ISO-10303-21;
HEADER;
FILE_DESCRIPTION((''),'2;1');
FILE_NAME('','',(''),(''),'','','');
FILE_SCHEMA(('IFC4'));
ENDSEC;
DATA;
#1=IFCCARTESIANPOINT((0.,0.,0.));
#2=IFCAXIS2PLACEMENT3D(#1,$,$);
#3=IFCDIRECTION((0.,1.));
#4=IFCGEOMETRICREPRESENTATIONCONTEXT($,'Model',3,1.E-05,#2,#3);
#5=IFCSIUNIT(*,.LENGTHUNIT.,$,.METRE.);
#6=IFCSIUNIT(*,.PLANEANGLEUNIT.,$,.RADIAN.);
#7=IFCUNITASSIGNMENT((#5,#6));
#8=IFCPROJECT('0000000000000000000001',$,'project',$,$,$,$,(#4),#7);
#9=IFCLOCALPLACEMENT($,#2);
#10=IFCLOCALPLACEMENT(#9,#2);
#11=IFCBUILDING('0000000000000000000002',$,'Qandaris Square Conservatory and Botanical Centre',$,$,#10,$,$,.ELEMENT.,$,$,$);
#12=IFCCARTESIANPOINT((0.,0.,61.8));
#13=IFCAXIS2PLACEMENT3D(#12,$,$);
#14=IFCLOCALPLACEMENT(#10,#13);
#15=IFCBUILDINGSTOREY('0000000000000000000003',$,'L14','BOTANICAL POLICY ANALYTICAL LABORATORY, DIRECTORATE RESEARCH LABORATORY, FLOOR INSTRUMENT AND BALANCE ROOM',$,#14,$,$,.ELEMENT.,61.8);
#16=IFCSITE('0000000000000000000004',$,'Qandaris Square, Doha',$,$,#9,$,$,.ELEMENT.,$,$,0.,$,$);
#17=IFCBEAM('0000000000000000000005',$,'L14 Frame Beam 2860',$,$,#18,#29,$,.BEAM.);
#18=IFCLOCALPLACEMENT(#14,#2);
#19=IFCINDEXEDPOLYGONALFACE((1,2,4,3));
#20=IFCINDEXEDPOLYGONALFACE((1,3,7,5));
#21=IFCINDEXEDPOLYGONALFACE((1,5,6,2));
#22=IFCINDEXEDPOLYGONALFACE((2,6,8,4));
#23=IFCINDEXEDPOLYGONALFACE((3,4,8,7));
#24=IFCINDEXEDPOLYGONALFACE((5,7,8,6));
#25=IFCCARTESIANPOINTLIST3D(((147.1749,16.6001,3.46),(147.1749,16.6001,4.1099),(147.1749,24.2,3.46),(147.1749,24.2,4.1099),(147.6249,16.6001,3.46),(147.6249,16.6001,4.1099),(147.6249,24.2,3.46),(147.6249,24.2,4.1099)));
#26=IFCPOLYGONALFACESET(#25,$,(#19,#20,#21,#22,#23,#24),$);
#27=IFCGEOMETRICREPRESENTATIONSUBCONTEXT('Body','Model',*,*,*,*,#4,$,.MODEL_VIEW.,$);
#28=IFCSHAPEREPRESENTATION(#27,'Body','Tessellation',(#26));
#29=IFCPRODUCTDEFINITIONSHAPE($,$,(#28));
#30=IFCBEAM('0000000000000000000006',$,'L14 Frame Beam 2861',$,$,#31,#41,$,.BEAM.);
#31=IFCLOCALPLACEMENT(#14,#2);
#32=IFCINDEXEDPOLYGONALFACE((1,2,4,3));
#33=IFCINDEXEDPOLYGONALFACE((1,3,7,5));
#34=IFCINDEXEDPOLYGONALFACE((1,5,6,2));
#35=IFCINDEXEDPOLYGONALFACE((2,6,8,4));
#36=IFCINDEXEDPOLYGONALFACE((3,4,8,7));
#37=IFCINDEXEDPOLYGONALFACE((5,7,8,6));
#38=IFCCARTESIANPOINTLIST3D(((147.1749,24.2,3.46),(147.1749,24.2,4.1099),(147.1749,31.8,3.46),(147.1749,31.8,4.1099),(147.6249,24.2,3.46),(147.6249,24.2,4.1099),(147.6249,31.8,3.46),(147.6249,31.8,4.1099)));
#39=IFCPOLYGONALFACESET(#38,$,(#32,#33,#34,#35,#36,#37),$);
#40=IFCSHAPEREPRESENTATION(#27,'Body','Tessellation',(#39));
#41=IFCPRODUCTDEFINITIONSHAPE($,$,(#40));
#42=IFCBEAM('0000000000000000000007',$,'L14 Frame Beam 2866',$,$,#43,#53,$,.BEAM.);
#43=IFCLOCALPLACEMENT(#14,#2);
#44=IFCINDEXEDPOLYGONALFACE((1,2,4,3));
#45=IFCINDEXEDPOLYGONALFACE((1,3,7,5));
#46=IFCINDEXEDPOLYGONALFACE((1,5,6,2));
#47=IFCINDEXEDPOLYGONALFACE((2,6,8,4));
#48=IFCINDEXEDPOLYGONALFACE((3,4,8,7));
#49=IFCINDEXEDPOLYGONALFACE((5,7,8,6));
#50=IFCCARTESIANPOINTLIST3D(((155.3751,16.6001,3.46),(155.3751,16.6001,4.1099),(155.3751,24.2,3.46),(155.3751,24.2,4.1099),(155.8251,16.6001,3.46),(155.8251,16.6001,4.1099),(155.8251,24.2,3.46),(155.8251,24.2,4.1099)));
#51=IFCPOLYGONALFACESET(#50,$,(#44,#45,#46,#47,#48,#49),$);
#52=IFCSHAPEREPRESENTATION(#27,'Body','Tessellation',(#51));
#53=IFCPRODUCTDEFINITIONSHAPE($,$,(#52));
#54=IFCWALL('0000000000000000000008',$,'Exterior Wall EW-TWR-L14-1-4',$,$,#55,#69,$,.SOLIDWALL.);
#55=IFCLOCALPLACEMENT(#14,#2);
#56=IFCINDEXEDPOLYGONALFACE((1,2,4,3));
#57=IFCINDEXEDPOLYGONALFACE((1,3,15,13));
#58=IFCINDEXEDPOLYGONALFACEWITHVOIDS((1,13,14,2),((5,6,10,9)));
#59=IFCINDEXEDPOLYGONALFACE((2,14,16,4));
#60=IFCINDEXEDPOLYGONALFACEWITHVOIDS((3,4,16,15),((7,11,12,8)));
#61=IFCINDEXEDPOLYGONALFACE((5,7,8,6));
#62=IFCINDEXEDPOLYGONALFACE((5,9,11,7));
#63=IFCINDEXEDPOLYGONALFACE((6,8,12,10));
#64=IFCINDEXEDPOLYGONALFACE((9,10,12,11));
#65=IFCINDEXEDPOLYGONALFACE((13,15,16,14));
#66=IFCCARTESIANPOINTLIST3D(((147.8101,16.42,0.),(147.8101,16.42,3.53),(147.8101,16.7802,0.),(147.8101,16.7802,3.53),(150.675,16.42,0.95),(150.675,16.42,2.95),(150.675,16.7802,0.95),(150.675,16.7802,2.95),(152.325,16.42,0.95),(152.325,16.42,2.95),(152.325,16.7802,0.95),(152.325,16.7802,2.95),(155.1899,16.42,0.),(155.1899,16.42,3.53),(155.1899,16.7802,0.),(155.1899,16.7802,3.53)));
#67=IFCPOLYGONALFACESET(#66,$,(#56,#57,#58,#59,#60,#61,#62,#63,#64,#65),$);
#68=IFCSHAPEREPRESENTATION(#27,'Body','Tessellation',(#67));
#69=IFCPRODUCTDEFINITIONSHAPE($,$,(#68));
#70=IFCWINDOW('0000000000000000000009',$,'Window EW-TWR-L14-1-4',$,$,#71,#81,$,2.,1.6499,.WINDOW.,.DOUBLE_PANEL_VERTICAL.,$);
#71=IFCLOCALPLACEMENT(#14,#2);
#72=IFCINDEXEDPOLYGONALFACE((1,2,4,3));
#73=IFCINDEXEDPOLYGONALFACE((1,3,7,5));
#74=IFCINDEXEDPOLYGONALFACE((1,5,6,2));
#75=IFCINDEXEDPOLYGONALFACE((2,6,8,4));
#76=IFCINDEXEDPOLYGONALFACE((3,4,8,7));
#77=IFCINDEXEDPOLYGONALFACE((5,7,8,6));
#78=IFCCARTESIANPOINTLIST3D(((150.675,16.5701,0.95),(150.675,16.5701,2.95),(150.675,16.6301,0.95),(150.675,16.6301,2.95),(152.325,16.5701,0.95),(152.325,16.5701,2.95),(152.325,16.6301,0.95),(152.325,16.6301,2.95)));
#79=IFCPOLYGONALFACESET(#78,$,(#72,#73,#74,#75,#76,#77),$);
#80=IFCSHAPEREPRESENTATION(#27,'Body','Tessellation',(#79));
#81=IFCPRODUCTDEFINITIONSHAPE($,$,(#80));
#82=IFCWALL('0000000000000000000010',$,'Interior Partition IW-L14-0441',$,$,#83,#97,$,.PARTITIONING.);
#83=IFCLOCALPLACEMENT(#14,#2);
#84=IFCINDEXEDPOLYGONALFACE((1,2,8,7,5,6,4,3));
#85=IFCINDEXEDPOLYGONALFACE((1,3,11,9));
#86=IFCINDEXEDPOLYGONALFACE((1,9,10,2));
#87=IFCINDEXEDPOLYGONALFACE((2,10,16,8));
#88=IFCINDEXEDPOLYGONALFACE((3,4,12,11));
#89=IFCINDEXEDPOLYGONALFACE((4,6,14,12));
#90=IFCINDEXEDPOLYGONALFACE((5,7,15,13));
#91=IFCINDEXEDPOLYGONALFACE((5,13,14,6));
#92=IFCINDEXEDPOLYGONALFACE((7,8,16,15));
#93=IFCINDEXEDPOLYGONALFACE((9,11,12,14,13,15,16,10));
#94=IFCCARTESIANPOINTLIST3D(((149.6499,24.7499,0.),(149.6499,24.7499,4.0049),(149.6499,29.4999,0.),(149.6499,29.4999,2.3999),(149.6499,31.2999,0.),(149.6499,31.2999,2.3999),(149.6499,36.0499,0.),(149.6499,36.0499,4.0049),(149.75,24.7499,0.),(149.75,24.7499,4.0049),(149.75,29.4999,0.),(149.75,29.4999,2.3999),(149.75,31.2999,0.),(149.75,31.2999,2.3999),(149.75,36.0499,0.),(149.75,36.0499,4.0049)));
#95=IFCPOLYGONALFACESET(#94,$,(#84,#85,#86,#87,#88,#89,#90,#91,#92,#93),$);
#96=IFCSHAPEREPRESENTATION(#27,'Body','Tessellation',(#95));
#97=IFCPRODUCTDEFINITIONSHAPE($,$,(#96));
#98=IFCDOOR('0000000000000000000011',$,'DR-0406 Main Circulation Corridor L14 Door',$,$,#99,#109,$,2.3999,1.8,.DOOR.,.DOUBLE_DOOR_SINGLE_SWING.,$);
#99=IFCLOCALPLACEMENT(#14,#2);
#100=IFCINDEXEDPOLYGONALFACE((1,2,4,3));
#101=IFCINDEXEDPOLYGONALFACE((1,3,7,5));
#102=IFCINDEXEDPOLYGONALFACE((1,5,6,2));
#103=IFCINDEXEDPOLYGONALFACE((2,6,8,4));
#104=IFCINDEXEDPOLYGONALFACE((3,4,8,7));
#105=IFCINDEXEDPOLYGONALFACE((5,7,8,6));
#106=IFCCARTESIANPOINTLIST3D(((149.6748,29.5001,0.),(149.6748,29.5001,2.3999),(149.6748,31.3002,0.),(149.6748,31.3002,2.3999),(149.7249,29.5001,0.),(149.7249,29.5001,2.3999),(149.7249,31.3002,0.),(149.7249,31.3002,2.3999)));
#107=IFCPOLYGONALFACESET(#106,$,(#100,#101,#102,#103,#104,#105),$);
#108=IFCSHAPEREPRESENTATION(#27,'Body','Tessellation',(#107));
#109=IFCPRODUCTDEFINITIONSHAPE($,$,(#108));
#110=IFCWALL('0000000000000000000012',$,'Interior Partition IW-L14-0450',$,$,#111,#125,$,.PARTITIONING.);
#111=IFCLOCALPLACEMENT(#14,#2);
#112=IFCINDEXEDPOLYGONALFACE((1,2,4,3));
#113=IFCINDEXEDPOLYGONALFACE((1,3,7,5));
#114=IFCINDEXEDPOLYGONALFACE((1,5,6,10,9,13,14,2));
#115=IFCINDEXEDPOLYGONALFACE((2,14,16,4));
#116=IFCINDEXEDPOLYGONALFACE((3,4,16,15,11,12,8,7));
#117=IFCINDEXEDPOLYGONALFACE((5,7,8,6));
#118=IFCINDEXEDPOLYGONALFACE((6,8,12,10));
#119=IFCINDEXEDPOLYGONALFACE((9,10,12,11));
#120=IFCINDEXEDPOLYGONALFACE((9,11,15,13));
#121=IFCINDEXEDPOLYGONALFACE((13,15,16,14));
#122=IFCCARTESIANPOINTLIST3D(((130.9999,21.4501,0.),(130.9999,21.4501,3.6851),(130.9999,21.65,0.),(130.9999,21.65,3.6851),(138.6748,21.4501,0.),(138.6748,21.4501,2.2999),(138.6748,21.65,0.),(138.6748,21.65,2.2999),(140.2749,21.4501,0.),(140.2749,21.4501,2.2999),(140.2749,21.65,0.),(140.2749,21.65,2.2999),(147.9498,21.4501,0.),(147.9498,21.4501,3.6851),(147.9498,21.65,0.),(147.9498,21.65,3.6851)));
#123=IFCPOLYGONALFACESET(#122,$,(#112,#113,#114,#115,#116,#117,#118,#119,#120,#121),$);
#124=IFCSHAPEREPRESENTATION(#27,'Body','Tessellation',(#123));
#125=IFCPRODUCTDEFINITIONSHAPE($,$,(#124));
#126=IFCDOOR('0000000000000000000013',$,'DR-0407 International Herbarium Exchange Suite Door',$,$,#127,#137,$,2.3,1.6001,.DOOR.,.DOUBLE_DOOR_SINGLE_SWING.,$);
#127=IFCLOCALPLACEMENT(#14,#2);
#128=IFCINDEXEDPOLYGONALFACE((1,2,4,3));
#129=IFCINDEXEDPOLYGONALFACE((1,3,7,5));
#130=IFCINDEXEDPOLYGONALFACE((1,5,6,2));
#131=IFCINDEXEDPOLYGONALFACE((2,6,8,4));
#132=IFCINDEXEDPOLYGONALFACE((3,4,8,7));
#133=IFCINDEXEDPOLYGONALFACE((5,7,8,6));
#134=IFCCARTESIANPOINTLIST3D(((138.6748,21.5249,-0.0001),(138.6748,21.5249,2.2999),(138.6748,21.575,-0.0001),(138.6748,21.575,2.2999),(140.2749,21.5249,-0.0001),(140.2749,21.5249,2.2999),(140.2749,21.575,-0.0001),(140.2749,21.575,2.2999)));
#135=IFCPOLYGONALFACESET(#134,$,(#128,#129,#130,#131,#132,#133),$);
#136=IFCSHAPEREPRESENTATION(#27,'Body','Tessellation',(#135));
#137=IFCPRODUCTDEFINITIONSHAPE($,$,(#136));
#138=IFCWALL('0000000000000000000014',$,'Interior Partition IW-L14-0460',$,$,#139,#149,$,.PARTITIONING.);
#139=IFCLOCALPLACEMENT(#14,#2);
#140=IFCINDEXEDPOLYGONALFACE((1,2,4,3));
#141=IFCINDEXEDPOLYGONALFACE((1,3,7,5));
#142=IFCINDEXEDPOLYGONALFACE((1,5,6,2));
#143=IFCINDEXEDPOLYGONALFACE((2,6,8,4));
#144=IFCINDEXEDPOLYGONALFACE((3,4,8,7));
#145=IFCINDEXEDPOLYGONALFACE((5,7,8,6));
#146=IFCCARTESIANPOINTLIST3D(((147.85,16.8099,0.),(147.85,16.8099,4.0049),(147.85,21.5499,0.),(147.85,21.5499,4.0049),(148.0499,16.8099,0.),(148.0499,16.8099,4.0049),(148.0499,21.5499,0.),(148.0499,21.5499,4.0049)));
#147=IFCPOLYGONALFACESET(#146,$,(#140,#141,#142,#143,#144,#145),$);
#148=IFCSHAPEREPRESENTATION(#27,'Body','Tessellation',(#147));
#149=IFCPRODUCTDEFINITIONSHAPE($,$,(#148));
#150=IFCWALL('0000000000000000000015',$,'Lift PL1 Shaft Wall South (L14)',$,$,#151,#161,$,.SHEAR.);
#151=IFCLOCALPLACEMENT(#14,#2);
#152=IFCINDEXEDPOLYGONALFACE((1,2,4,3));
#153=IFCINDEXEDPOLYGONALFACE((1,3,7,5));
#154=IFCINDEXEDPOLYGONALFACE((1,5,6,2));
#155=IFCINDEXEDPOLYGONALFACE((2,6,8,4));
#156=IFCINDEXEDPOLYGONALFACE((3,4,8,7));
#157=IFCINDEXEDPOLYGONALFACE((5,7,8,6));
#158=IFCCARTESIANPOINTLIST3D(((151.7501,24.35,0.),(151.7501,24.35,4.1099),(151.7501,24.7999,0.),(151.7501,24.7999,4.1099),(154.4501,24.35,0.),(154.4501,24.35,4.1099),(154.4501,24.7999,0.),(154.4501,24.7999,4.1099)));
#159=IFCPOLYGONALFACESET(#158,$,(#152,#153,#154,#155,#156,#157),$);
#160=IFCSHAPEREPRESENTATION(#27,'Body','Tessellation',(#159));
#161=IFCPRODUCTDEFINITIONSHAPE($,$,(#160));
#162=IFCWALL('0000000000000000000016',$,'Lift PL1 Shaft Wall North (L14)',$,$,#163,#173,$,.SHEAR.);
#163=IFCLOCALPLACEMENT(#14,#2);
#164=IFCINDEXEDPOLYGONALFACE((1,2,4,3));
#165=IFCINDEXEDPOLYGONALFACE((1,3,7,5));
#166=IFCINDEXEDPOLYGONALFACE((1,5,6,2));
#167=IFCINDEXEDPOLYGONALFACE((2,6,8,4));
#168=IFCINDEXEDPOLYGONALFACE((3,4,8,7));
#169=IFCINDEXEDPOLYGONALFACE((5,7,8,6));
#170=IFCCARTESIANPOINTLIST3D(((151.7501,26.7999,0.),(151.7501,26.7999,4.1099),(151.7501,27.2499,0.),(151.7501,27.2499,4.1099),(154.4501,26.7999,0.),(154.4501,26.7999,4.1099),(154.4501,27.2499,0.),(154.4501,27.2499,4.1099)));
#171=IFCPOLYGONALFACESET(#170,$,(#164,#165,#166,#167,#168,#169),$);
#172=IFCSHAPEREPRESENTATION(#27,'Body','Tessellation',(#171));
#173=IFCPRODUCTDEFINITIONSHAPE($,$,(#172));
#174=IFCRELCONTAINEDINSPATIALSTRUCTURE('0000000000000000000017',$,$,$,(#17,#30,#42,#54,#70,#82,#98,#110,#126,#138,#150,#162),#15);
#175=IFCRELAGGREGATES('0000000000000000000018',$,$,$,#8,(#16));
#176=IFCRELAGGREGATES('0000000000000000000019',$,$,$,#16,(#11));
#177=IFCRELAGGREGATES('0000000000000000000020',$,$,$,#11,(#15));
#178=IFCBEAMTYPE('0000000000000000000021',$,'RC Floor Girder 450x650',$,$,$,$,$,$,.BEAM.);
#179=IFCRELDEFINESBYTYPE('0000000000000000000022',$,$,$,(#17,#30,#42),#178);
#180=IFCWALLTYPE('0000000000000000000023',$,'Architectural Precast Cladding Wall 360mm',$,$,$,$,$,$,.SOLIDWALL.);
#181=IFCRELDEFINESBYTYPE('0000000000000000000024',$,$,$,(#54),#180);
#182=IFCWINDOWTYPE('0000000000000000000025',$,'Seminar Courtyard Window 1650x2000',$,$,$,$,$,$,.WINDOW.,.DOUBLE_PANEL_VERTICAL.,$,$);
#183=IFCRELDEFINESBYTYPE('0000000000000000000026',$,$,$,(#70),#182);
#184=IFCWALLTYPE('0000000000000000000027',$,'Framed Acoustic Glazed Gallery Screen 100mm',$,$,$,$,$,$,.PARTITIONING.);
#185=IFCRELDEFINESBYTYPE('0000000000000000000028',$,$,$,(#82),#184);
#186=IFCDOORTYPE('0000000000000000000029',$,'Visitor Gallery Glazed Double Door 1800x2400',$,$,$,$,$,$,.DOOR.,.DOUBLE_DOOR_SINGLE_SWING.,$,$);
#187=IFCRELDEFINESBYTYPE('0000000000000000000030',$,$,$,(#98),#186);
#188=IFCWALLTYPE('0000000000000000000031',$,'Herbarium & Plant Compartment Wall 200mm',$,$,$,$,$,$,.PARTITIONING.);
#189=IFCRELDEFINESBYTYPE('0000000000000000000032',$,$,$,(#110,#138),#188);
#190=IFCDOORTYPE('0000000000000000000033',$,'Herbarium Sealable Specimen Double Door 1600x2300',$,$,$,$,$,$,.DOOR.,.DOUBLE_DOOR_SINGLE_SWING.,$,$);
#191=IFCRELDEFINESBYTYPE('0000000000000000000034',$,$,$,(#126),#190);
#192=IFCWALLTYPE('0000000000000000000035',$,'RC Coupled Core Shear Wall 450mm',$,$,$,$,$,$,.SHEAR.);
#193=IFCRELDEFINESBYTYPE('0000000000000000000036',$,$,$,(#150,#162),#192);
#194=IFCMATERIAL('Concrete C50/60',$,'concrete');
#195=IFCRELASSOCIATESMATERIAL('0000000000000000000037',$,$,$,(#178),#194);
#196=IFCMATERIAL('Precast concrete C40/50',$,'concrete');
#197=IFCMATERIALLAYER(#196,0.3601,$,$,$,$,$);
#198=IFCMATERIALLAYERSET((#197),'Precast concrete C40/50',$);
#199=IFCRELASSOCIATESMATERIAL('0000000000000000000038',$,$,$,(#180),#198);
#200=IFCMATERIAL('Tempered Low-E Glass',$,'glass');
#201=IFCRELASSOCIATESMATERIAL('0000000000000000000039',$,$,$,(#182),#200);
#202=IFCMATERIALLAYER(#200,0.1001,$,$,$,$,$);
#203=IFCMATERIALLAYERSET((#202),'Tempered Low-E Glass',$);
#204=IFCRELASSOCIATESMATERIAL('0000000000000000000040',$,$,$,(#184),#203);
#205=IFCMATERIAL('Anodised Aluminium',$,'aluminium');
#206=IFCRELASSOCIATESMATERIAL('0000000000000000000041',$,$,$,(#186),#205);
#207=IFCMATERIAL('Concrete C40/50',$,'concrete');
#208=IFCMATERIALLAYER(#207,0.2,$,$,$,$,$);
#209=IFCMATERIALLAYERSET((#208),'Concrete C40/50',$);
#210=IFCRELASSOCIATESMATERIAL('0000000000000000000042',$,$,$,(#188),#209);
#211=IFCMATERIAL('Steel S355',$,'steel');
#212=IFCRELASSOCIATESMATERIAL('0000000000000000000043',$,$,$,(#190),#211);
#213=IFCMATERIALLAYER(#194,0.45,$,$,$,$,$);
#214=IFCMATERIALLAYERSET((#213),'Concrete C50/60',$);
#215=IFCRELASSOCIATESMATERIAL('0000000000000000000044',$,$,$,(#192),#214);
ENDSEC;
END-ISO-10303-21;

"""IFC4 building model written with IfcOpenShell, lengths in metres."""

from ifc_helpers import new_model, si_unit, direction, frame, frame_2d, origin, origin_2d, place, context, subcontext, project, spatial, rectangle, extrude, material, layer, layer_set, material_profile, profile_set, type_object, element, fill, save


model = new_model("IFC4")

# Units and contexts
model_context = context("Model", 3, precision=1e-05, world=origin(), true_north=direction((0.0, 1.0)))
body_context = subcontext(model_context, "Body", "Model", "MODEL_VIEW")
ifc_project = project(units=[si_unit("LENGTHUNIT", "METRE"), si_unit("PLANEANGLEUNIT", "RADIAN")], contexts=[model_context])

# Site, building, storey
site_placement = place(None, origin())
site = spatial("IfcSite", under=ifc_project, at=site_placement, Name="Qandaris Square, Doha", CompositionType="ELEMENT", RefElevation=0.0)
building_placement = place(site_placement, origin())
building = spatial("IfcBuilding", under=site, at=building_placement, Name="Qandaris Square Conservatory and Botanical Centre", CompositionType="ELEMENT")
storey_placement = place(building_placement, frame((0.0, 0.0, 61.8)))
storey = spatial("IfcBuildingStorey", under=building, at=storey_placement, Name="L14", Description="BOTANICAL POLICY ANALYTICAL LABORATORY, DIRECTORATE RESEARCH LABORATORY, FLOOR INSTRUMENT AND BALANCE ROOM", CompositionType="ELEMENT", Elevation=61.8)

# Shared definitions
ifc_material_1 = material(Name="Concrete C50/60", Category="concrete")

# Beams
ifc_material_2 = material(Name="Steel S355", Category="steel")
ifc_material_profile_1 = material_profile(ifc_material_1, rectangle(XDim=0.45, YDim=0.6499, at=origin_2d()), Name="RC-BM 450x650")
ifc_profile_set_1 = profile_set([ifc_material_profile_1], Name="Concrete C50/60")
beam_type_1 = type_object("IfcBeamType", Name="RC Floor Girder 450x650", PredefinedType="BEAM", material=ifc_profile_set_1)
beam_1_placement = place(storey_placement, frame((147.3999, 16.6001, 3.7849), z_axis=(0.0, 1.0, 0.0), x_axis=(-1.0, 0.0, 0.0)))
element("IfcBeam", 1, at=beam_1_placement, inside=storey, type_object=beam_type_1, Name="L14 Frame Beam 2860", PredefinedType="BEAM", context=body_context, shape_type="SweptSolid", body=[
    extrude(rectangle(XDim=0.45, YDim=0.6499, at=origin_2d()), origin(), (0.0, 0.0, 1.0), 7.5999),
])
beam_2_placement = place(storey_placement, frame((147.3999, 24.2, 3.7849), z_axis=(0.0, 1.0, 0.0), x_axis=(-1.0, 0.0, 0.0)))
element("IfcBeam", 2, at=beam_2_placement, inside=storey, type_object=beam_type_1, Name="L14 Frame Beam 2861", PredefinedType="BEAM", context=body_context, shape_type="SweptSolid", body=[
    extrude(rectangle(XDim=0.45, YDim=0.6499, at=origin_2d()), origin(), (0.0, 0.0, 1.0), 7.6001),
])
beam_3_placement = place(storey_placement, frame((155.6001, 16.6001, 3.7849), z_axis=(0.0, 1.0, 0.0), x_axis=(-1.0, 0.0, 0.0)))
element("IfcBeam", 3, at=beam_3_placement, inside=storey, type_object=beam_type_1, Name="L14 Frame Beam 2866", PredefinedType="BEAM", context=body_context, shape_type="SweptSolid", body=[
    extrude(rectangle(XDim=0.45, YDim=0.6499, at=origin_2d()), origin(), (0.0, 0.0, 1.0), 7.5999),
])

# Wall, opening, window
ifc_material_3 = material(Name="Precast concrete C40/50", Category="concrete")
ifc_layer_1 = layer(ifc_material_3, 0.3601)
ifc_layer_set_1 = layer_set([ifc_layer_1], Name="Precast concrete C40/50")
wall_type_1 = type_object("IfcWallType", Name="Architectural Precast Cladding Wall 360mm", PredefinedType="SOLIDWALL", material=ifc_layer_set_1)
wall_1_placement = place(storey_placement, frame((147.8101, 16.6001, 0.0), z_axis=(0.0, 0.0, 1.0), x_axis=(1.0, 0.0, 0.0)))
wall_1 = element("IfcWall", 4, at=wall_1_placement, inside=storey, type_object=wall_type_1, Name="Exterior Wall EW-TWR-L14-1-4", PredefinedType="SOLIDWALL", context=body_context, shape_type="SweptSolid", body=[
    extrude(rectangle(XDim=7.3799, YDim=0.3601, at=frame_2d((3.6899, 0.0))), origin(), (0.0, 0.0, 1.0), 3.53),
])
opening_1_placement = place(wall_1_placement, frame((2.865, 0.0, 0.95)))
opening_1 = element("IfcOpeningElement", 5, at=opening_1_placement, cuts=wall_1, PredefinedType="OPENING", context=body_context, shape_type="SweptSolid", body=[
    extrude(rectangle(XDim=1.6499, YDim=2.0, at=frame_2d((0.825, 1.0))), frame((0.0, 0.1919, 0.0), z_axis=(0.0, -1.0, 0.0), x_axis=(1.0, 0.0, 0.0)), (0.0, 0.0, 1.0), 0.384),
])
ifc_material_4 = material(Name="Tempered Low-E Glass", Category="glass")
window_type = type_object("IfcWindowType", Name="Seminar Courtyard Window 1650x2000", PartitioningType="DOUBLE_PANEL_VERTICAL", PredefinedType="WINDOW", material=ifc_material_4)
window_placement = place(opening_1_placement, origin())
window = element("IfcWindow", 6, at=window_placement, inside=storey, type_object=window_type, Name="Window EW-TWR-L14-1-4", OverallHeight=2.0, OverallWidth=1.6499, PartitioningType="DOUBLE_PANEL_VERTICAL", PredefinedType="WINDOW", context=body_context, shape_type="SweptSolid", body=[
    extrude(rectangle(XDim=1.6499, YDim=2.0, at=frame_2d((0.825, 1.0))), frame((0.0, 0.03, 0.0), z_axis=(0.0, -1.0, 0.0), x_axis=(1.0, 0.0, 0.0)), (0.0, 0.0, 1.0), 0.0601),
])
fill(opening_1, window)

# Walls, openings, doors
ifc_layer_2 = layer(ifc_material_4, 0.1001)
ifc_layer_set_2 = layer_set([ifc_layer_2], Name="Tempered Low-E Glass")
wall_type_2 = type_object("IfcWallType", Name="Framed Acoustic Glazed Gallery Screen 100mm", PredefinedType="PARTITIONING", material=ifc_layer_set_2)
wall_2_placement = place(storey_placement, frame((149.7, 24.75, 0.0), z_axis=(0.0, 0.0, 1.0), x_axis=(0.0, 1.0, 0.0)))
wall_2 = element("IfcWall", 7, at=wall_2_placement, inside=storey, type_object=wall_type_2, Name="Interior Partition IW-L14-0441", PredefinedType="PARTITIONING", context=body_context, shape_type="SweptSolid", body=[
    extrude(rectangle(XDim=11.3, YDim=0.1001, at=frame_2d((5.6499, 0.0))), origin(), (0.0, 0.0, 1.0), 4.0049),
])
opening_2_placement = place(wall_2_placement, frame((4.75, 0.0, 0.0)))
opening_2 = element("IfcOpeningElement", 8, at=opening_2_placement, cuts=wall_2, PredefinedType="OPENING", context=body_context, shape_type="SweptSolid", body=[
    extrude(rectangle(XDim=1.8, YDim=2.3999, at=frame_2d((0.8999, 1.2))), frame((0.0, 0.062, 0.0), z_axis=(0.0, -1.0, 0.0), x_axis=(1.0, 0.0, 0.0)), (0.0, 0.0, 1.0), 0.124),
])
ifc_material_5 = material(Name="Anodised Aluminium", Category="aluminium")
door_type_1 = type_object("IfcDoorType", Name="Visitor Gallery Glazed Double Door 1800x2400", OperationType="DOUBLE_DOOR_SINGLE_SWING", PredefinedType="DOOR", material=ifc_material_5)
door_1_placement = place(opening_2_placement, frame((1.8, 0.0, 0.0), z_axis=(0.0, 0.0, 1.0), x_axis=(-1.0, 0.0, 0.0)))
door_1 = element("IfcDoor", 9, at=door_1_placement, inside=storey, type_object=door_type_1, Name="DR-0406 Main Circulation Corridor L14 Door", OperationType="DOUBLE_DOOR_SINGLE_SWING", OverallHeight=2.3999, OverallWidth=1.8, PredefinedType="DOOR", context=body_context, shape_type="SweptSolid", body=[
    extrude(rectangle(XDim=1.8, YDim=2.3999, at=frame_2d((0.8999, 1.2))), frame((0.0, 0.0249, 0.0), z_axis=(0.0, -1.0, 0.0), x_axis=(1.0, 0.0, 0.0)), (0.0, 0.0, 1.0), 0.05),
])
fill(opening_2, door_1)
ifc_material_6 = material(Name="Concrete C40/50", Category="concrete")
ifc_layer_3 = layer(ifc_material_6, 0.2)
ifc_layer_set_3 = layer_set([ifc_layer_3], Name="Concrete C40/50")
wall_type_3 = type_object("IfcWallType", Name="Herbarium & Plant Compartment Wall 200mm", PredefinedType="PARTITIONING", material=ifc_layer_set_3)
wall_3_placement = place(storey_placement, frame((147.95, 21.55, 0.0), z_axis=(0.0, 0.0, 1.0), x_axis=(-1.0, 0.0, 0.0)))
wall_3 = element("IfcWall", 10, at=wall_3_placement, inside=storey, type_object=wall_type_3, Name="Interior Partition IW-L14-0450", PredefinedType="PARTITIONING", context=body_context, shape_type="SweptSolid", body=[
    extrude(rectangle(XDim=16.95, YDim=0.2, at=frame_2d((8.4751, 0.0))), origin(), (0.0, 0.0, 1.0), 3.6851),
])
opening_3_placement = place(wall_3_placement, frame((7.675, 0.0, 0.0)))
opening_3 = element("IfcOpeningElement", 11, at=opening_3_placement, cuts=wall_3, PredefinedType="OPENING", context=body_context, shape_type="SweptSolid", body=[
    extrude(rectangle(XDim=1.6001, YDim=2.3, at=frame_2d((0.8, 1.1499))), frame((0.0, 0.1118, 0.0), z_axis=(0.0, -1.0, 0.0), x_axis=(1.0, 0.0, 0.0)), (0.0, 0.0, 1.0), 0.2239),
])
door_type_2 = type_object("IfcDoorType", Name="Herbarium Sealable Specimen Double Door 1600x2300", OperationType="DOUBLE_DOOR_SINGLE_SWING", PredefinedType="DOOR", material=ifc_material_2)
door_2_placement = place(opening_3_placement, frame((1.6001, 0.0, 0.0), z_axis=(0.0, 0.0, 1.0), x_axis=(-1.0, 0.0, 0.0)))
door_2 = element("IfcDoor", 12, at=door_2_placement, inside=storey, type_object=door_type_2, Name="DR-0407 International Herbarium Exchange Suite Door", OperationType="DOUBLE_DOOR_SINGLE_SWING", OverallHeight=2.3, OverallWidth=1.6001, PredefinedType="DOOR", context=body_context, shape_type="SweptSolid", body=[
    extrude(rectangle(XDim=1.6001, YDim=2.3, at=frame_2d((0.8, 1.1499))), frame((0.0, 0.0249, 0.0), z_axis=(0.0, -1.0, 0.0), x_axis=(1.0, 0.0, 0.0)), (0.0, 0.0, 1.0), 0.05),
])
fill(opening_3, door_2)

# Walls
wall_4_placement = place(storey_placement, frame((147.95, 21.55, 0.0), z_axis=(0.0, 0.0, 1.0), x_axis=(0.0, -1.0, 0.0)))
element("IfcWall", 13, at=wall_4_placement, inside=storey, type_object=wall_type_3, Name="Interior Partition IW-L14-0460", PredefinedType="PARTITIONING", context=body_context, shape_type="SweptSolid", body=[
    extrude(rectangle(XDim=4.74, YDim=0.2, at=frame_2d((2.3701, 0.0))), origin(), (0.0, 0.0, 1.0), 4.0049),
])
ifc_layer_4 = layer(ifc_material_1, 0.45)
ifc_layer_set_4 = layer_set([ifc_layer_4], Name="Concrete C50/60")
wall_type_4 = type_object("IfcWallType", Name="RC Coupled Core Shear Wall 450mm", PredefinedType="SHEAR", material=ifc_layer_set_4)
for number, where, z_axis, x_axis, name in (
    (14, (151.75, 24.575, 0.0), (0.0, 0.0, 1.0), (1.0, 0.0, 0.0), "Lift PL1 Shaft Wall South (L14)"),
    (15, (151.75, 27.0249, 0.0), (0.0, 0.0, 1.0), (1.0, 0.0, 0.0), "Lift PL1 Shaft Wall North (L14)"),
):
    element("IfcWall", number, at=place(storey_placement, frame(where, z_axis=z_axis, x_axis=x_axis)), inside=storey, type_object=wall_type_4, Name=name, PredefinedType="SHEAR", context=body_context, shape_type="SweptSolid", body=[
        extrude(rectangle(XDim=2.7, YDim=0.45, at=frame_2d((1.3501, 0.0))), origin(), (0.0, 0.0, 1.0), 4.1099),
    ])

save(model, "model.ifc")
